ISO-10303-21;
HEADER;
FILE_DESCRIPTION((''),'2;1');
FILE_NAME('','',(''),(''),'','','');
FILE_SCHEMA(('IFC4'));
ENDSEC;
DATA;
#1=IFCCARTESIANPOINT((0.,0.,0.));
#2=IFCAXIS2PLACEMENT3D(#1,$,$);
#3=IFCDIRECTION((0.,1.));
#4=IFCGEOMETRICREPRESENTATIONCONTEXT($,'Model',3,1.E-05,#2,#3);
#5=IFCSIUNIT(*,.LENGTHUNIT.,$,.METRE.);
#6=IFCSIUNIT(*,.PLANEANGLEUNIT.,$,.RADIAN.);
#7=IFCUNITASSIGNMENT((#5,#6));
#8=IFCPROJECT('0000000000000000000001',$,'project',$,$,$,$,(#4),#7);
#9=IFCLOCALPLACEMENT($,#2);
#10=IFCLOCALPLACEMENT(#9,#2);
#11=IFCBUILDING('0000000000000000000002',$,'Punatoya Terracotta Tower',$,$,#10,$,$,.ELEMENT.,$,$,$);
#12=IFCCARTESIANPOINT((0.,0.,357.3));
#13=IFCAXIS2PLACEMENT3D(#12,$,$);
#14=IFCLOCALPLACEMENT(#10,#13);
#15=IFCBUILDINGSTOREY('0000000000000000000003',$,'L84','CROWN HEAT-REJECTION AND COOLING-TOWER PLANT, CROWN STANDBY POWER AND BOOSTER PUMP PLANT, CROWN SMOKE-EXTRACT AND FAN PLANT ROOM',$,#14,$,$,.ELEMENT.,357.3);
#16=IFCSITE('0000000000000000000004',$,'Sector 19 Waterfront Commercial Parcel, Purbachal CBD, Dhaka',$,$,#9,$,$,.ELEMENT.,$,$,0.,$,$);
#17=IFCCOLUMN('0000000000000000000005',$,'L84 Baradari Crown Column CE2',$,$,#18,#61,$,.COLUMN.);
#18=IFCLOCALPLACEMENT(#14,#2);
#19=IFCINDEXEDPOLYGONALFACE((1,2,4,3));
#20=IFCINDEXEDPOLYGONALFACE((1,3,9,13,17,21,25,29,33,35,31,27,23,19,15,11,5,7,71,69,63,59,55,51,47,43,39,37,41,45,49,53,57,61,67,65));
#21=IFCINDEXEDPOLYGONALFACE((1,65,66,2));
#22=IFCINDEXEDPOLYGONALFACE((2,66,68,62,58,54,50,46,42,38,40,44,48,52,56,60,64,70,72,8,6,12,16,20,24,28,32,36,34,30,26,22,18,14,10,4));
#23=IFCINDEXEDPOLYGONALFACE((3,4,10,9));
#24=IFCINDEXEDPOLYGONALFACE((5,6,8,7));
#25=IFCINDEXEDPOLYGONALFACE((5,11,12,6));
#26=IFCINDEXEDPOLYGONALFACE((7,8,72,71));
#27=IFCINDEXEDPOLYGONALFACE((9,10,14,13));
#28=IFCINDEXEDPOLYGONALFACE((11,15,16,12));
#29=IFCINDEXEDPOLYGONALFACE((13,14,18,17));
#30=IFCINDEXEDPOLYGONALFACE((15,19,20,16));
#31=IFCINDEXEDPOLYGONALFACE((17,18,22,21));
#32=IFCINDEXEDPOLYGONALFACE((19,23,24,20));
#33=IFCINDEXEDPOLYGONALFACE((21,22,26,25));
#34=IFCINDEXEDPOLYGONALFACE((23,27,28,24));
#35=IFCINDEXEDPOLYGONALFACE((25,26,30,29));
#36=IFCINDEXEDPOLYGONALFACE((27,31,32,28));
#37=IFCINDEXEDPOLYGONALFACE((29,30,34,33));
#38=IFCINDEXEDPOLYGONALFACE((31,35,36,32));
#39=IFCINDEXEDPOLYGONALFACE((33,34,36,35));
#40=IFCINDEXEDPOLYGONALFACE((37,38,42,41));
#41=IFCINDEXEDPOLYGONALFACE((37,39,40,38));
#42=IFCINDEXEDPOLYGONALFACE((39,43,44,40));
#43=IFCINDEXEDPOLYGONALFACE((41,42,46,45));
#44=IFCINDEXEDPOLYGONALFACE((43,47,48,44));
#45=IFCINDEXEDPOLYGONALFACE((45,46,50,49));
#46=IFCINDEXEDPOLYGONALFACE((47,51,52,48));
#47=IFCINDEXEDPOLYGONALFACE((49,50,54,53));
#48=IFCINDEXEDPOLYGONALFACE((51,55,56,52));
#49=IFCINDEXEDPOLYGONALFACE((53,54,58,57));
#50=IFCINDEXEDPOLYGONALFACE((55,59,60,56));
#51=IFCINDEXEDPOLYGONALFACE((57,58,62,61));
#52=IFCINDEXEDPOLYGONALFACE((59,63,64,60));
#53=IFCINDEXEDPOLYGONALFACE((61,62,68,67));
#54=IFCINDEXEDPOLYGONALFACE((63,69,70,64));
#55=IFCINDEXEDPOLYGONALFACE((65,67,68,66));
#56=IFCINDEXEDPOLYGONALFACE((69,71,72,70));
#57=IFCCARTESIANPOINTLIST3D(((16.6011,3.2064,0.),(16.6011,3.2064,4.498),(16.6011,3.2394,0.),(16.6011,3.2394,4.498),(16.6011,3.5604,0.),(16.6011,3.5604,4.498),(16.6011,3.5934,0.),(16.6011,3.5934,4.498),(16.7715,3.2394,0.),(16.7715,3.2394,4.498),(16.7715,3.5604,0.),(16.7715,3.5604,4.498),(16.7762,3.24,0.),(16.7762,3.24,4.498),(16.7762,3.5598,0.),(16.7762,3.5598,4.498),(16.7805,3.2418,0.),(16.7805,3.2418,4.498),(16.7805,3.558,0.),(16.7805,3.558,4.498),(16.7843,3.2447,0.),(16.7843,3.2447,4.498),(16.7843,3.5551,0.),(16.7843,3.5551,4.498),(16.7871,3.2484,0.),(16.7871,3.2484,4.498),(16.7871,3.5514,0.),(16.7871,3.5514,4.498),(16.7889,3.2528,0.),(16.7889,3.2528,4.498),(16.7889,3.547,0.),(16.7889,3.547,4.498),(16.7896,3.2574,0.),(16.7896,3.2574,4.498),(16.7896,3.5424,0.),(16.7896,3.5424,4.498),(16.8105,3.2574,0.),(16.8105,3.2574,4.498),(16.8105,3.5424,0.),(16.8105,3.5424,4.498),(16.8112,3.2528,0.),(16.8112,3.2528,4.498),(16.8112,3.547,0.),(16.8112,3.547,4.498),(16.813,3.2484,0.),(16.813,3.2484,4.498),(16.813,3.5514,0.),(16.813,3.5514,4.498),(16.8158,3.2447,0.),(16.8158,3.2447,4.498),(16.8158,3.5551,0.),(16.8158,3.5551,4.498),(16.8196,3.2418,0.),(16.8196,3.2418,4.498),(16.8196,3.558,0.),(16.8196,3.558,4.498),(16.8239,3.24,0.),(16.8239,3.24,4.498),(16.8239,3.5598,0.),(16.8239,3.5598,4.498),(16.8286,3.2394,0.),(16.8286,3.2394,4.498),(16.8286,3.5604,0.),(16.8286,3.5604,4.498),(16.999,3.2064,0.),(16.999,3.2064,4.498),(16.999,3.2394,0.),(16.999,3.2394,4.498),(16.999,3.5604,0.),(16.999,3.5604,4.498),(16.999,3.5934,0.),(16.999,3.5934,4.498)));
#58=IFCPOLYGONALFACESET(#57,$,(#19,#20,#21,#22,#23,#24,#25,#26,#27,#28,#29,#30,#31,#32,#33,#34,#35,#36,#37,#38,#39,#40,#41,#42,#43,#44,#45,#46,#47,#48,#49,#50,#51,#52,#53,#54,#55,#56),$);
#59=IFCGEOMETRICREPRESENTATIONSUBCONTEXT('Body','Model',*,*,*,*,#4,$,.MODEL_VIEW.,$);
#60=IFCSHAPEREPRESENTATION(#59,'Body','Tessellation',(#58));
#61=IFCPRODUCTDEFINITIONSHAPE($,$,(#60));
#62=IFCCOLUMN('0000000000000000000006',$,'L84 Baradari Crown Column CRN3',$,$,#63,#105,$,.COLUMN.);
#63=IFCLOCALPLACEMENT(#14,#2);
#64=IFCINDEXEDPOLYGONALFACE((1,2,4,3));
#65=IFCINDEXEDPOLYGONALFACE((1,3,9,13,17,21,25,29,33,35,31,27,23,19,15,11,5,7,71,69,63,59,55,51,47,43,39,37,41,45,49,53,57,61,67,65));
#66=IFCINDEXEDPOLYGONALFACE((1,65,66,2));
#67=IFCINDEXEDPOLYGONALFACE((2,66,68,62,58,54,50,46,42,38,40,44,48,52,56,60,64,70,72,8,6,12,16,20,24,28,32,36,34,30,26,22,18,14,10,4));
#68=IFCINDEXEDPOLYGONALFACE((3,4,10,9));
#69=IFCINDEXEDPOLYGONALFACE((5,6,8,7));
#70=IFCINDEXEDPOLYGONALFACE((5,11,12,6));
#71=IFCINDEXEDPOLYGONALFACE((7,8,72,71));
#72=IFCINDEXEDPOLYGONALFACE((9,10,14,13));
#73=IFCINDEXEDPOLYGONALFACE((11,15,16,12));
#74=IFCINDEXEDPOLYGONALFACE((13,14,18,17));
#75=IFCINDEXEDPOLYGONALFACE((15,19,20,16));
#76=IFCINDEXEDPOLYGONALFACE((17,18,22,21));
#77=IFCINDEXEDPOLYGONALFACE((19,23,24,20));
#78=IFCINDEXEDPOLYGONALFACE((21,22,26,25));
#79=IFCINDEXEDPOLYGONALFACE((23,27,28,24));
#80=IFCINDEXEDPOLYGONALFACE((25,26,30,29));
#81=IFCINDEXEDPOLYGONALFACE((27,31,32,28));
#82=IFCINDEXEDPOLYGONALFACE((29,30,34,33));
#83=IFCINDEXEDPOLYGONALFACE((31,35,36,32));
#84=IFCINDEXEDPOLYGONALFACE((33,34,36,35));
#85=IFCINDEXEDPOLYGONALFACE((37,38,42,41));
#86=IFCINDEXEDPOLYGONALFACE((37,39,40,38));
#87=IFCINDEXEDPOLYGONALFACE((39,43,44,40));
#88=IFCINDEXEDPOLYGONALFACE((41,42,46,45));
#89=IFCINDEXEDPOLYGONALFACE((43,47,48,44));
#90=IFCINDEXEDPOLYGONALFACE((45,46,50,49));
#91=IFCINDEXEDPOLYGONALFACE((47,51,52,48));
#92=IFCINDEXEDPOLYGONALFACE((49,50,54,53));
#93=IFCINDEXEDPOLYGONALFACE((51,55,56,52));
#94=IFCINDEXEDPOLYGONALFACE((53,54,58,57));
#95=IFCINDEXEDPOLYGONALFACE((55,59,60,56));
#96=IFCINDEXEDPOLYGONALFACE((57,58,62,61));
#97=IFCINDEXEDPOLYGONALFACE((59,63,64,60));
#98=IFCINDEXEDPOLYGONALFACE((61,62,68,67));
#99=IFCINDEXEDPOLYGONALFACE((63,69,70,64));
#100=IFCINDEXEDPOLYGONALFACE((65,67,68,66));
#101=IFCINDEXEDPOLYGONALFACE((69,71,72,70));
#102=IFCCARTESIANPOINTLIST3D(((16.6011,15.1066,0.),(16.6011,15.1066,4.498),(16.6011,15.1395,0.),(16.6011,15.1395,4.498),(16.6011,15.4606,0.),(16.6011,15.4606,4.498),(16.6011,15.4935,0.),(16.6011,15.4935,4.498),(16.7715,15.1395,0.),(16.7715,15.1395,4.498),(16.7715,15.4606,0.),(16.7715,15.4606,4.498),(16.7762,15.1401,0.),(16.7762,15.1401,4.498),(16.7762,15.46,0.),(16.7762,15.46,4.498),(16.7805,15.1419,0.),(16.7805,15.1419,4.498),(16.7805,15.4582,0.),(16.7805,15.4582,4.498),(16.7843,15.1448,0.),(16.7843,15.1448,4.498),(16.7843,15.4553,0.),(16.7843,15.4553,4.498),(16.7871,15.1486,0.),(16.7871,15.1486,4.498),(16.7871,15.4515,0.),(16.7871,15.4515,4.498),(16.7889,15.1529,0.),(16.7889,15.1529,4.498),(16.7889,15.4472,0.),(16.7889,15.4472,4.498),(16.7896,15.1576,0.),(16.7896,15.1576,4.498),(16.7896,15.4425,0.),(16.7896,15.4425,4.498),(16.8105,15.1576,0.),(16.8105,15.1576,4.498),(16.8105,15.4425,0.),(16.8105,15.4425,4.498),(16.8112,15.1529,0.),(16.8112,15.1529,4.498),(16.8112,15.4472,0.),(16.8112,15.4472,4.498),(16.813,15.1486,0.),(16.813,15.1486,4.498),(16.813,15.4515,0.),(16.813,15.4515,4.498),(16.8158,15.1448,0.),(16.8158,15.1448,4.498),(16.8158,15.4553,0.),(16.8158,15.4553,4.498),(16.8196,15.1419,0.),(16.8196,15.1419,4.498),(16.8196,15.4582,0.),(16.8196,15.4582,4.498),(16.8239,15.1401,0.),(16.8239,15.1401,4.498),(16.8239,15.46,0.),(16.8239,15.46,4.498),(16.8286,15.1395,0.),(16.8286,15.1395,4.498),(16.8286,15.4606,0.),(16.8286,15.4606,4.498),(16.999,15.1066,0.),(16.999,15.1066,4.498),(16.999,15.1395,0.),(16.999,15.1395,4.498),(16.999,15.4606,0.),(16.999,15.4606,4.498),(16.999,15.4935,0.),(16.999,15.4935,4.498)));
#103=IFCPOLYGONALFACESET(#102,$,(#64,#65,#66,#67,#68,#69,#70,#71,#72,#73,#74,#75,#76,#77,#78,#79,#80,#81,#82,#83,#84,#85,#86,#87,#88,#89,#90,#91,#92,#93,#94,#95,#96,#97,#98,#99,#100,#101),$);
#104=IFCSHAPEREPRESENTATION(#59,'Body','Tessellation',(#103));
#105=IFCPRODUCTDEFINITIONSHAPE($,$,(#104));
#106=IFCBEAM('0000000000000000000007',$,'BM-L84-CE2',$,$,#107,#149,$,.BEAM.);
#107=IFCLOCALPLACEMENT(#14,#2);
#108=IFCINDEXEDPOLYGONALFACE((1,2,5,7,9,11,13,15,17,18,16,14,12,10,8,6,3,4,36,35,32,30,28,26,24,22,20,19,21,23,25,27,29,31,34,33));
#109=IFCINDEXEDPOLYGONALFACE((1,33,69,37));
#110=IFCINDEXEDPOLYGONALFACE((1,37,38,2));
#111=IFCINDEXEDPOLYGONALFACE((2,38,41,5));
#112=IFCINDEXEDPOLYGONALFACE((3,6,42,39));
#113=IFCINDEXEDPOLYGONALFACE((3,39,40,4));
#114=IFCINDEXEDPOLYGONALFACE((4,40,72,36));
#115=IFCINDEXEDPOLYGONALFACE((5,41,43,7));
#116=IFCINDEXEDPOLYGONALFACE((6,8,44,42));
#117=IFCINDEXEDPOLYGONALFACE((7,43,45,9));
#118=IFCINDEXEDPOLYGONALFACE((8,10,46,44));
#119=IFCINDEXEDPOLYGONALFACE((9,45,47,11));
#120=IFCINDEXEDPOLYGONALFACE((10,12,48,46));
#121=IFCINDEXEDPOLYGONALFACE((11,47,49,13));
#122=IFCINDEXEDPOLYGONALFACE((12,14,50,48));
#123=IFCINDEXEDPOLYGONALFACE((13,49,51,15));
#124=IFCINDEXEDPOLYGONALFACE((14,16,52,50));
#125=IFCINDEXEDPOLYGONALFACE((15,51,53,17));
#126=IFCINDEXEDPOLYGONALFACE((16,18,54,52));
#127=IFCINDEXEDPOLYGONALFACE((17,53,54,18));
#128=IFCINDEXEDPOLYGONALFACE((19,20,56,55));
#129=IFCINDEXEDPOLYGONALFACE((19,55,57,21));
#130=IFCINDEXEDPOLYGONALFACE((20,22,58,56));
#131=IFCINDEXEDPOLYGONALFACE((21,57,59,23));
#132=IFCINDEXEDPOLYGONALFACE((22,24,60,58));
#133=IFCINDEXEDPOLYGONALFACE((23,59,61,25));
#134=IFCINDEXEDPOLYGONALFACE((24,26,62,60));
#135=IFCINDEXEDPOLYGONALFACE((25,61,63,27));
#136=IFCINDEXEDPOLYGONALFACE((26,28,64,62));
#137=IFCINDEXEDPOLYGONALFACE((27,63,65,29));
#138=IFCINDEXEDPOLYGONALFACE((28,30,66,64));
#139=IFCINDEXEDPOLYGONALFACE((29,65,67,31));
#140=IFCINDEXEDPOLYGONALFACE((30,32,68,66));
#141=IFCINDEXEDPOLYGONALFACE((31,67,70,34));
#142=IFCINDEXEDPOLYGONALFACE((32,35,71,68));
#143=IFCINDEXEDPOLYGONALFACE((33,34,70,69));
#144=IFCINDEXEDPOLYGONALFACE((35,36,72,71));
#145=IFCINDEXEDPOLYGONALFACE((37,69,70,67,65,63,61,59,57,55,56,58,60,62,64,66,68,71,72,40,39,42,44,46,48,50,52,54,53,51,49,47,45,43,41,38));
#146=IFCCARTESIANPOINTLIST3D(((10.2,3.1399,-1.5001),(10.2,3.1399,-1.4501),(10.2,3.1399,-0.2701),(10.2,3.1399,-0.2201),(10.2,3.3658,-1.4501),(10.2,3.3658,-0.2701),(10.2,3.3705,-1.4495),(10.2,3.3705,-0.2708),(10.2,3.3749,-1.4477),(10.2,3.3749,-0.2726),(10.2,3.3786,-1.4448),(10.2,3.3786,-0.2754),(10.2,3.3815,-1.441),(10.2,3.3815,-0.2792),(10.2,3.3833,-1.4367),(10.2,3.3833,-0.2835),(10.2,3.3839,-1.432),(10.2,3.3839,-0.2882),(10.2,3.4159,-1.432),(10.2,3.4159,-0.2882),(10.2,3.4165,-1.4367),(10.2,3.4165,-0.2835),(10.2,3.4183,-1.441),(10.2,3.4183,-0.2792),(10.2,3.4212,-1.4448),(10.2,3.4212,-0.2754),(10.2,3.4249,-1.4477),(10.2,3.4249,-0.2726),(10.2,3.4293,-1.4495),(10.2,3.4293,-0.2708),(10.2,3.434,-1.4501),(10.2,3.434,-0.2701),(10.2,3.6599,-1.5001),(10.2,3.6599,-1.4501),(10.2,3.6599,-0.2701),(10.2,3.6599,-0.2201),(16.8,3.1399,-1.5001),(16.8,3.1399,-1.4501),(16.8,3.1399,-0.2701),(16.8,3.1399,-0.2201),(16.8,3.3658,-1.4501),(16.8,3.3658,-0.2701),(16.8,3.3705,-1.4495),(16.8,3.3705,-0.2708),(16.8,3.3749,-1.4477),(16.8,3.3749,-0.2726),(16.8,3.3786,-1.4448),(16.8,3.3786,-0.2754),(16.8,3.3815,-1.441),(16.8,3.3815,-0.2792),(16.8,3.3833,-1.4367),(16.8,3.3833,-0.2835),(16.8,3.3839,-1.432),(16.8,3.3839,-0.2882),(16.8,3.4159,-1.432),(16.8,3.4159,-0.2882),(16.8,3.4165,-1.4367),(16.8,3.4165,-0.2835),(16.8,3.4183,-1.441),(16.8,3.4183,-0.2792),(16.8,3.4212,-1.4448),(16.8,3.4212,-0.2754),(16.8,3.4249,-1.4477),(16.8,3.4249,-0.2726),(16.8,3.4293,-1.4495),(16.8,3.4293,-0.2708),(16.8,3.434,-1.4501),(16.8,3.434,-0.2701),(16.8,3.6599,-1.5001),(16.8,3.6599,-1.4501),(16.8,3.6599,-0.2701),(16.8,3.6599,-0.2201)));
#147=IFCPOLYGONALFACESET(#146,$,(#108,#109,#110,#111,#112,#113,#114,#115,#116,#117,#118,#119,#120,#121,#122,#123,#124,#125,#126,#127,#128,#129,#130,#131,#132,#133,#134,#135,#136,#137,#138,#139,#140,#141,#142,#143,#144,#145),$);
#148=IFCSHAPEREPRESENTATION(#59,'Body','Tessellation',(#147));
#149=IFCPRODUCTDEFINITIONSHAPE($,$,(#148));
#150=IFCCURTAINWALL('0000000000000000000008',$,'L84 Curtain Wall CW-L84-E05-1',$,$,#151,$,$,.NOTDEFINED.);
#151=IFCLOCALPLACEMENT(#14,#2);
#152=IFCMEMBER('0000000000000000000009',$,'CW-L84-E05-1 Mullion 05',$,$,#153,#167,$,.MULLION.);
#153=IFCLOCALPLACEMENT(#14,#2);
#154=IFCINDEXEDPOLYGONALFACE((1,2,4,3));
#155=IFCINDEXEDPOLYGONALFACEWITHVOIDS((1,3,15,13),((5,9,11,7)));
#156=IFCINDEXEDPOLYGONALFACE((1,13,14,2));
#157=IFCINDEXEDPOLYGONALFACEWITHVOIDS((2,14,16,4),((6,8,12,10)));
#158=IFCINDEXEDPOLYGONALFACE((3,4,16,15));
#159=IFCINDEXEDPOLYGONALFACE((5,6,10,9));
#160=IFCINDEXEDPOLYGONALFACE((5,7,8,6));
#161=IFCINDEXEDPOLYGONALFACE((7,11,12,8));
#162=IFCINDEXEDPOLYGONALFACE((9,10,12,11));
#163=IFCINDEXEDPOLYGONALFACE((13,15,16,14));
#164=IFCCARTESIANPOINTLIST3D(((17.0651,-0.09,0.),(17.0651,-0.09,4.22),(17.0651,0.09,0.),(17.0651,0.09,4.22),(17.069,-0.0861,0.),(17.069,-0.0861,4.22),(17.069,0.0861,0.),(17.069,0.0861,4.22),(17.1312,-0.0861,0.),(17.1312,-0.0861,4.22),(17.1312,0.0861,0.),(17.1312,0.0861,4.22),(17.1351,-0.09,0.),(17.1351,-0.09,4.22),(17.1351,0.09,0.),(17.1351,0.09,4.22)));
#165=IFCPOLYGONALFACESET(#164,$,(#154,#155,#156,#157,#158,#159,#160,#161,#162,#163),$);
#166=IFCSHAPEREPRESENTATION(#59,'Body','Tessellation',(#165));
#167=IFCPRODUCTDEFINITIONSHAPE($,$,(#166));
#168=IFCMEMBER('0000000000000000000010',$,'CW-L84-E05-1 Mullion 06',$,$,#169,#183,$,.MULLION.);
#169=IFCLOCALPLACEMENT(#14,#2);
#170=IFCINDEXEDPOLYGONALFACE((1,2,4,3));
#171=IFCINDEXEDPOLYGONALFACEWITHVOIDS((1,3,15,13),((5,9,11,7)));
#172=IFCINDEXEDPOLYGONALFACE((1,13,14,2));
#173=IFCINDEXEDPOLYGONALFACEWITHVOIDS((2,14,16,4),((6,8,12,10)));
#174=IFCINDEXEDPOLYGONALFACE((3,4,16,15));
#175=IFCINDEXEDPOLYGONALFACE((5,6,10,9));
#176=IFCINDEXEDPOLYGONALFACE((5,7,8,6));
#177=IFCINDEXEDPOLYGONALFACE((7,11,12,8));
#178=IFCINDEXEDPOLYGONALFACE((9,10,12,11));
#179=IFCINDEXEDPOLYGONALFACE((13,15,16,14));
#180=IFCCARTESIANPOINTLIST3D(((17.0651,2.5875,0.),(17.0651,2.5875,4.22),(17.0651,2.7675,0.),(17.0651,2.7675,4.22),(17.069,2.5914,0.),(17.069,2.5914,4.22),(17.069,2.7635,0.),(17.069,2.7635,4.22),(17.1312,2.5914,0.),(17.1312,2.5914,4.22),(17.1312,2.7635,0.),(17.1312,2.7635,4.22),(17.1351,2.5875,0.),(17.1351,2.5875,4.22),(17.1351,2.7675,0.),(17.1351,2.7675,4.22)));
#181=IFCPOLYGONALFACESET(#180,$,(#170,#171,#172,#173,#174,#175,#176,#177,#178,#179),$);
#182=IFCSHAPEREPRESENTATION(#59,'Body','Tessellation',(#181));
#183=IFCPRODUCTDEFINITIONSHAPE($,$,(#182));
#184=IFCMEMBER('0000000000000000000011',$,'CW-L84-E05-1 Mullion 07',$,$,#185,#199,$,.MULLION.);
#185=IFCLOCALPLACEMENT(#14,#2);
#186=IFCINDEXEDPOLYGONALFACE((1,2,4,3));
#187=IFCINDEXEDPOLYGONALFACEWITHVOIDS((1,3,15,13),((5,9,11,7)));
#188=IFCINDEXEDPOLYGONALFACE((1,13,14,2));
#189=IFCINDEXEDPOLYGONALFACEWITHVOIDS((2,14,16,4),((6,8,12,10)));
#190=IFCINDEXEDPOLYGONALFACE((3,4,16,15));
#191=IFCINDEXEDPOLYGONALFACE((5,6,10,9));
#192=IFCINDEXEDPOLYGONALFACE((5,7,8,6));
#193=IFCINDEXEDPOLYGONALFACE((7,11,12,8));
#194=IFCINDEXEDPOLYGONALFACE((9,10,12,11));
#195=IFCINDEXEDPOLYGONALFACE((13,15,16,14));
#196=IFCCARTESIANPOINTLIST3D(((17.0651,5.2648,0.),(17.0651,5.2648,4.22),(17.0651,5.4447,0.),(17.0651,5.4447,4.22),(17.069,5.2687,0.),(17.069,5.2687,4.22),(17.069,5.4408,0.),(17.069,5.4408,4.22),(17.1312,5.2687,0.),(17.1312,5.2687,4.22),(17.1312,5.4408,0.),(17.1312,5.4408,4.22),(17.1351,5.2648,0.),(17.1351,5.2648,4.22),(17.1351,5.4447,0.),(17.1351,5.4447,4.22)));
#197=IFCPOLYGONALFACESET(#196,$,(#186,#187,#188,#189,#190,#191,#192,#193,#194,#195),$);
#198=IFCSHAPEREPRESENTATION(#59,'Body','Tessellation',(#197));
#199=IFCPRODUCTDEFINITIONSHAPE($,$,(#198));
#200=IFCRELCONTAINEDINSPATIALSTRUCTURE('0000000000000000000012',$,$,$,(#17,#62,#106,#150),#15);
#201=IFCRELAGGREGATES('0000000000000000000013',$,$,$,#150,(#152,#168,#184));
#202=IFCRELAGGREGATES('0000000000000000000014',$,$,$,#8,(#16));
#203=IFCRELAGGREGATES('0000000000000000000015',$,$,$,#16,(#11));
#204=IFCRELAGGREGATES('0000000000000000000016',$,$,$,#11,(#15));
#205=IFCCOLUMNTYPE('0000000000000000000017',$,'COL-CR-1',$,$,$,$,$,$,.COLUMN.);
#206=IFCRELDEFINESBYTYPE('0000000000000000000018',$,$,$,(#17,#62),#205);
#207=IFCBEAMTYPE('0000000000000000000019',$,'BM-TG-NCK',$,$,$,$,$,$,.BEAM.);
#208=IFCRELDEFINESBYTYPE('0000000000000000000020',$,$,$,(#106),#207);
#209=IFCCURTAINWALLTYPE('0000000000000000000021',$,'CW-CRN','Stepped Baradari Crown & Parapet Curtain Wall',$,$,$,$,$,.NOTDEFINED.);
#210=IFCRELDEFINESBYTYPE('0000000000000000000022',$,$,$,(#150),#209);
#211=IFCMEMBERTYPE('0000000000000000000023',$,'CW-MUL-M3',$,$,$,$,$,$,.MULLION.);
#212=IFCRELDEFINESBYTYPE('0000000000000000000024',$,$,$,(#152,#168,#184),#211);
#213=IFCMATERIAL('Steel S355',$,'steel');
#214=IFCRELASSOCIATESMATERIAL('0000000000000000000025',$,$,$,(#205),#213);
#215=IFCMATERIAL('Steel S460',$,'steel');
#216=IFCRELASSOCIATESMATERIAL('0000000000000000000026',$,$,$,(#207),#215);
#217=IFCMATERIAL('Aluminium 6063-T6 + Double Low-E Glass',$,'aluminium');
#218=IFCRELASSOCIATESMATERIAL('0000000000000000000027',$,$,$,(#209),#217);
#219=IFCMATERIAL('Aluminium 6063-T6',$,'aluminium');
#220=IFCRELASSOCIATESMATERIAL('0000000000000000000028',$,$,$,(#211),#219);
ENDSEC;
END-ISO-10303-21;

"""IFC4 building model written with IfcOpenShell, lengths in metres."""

from ifc_helpers import new_model, si_unit, direction, frame, origin, origin_2d, place, context, subcontext, project, spatial, hollow_rectangle, i_section, extrude, material, material_profile, profile_set, type_object, element, aggregate, save


model = new_model("IFC4")

# Units and contexts
model_context = context("Model", 3, precision=1e-05, world=origin(), true_north=direction((0.0, 1.0)))
body_context = subcontext(model_context, "Body", "Model", "MODEL_VIEW")
ifc_project = project(units=[si_unit("LENGTHUNIT", "METRE"), si_unit("PLANEANGLEUNIT", "RADIAN")], contexts=[model_context])

# Site, building, storey
site_placement = place(None, origin())
site = spatial("IfcSite", under=ifc_project, at=site_placement, Name="Sector 19 Waterfront Commercial Parcel, Purbachal CBD, Dhaka", CompositionType="ELEMENT", RefElevation=0.0)
building_placement = place(site_placement, origin())
building = spatial("IfcBuilding", under=site, at=building_placement, Name="Punatoya Terracotta Tower", CompositionType="ELEMENT")
storey_placement = place(building_placement, frame((0.0, 0.0, 357.3)))
storey = spatial("IfcBuildingStorey", under=building, at=storey_placement, Name="L84", Description="CROWN HEAT-REJECTION AND COOLING-TOWER PLANT, CROWN STANDBY POWER AND BOOSTER PUMP PLANT, CROWN SMOKE-EXTRACT AND FAN PLANT ROOM", CompositionType="ELEMENT", Elevation=357.3)

# Columns
ifc_material_1 = material(Name="Steel S355", Category="steel")
ifc_material_profile_1 = material_profile(ifc_material_1, i_section(OverallWidth=0.3979, OverallDepth=0.387, WebThickness=0.021, FlangeThickness=0.033, FilletRadius=0.0181, at=origin_2d()))
ifc_profile_set_1 = profile_set([ifc_material_profile_1], Name="Steel S355")
column_type = type_object("IfcColumnType", Name="COL-CR-1", PredefinedType="COLUMN", material=ifc_profile_set_1)
for number, where, z_axis, x_axis, name in (
    (1, (16.8, 3.3999, 0.0), (0.0, 0.0, 1.0), (1.0, 0.0, 0.0), "L84 Baradari Crown Column CE2"),
    (2, (16.8, 15.3, 0.0), (0.0, 0.0, 1.0), (1.0, 0.0, 0.0), "L84 Baradari Crown Column CRN3"),
):
    element("IfcColumn", number, at=place(storey_placement, frame(where, z_axis=z_axis, x_axis=x_axis)), inside=storey, type_object=column_type, Name=name, PredefinedType="COLUMN", context=body_context, shape_type="SweptSolid", body=[
        extrude(i_section(OverallWidth=0.3979, OverallDepth=0.387, WebThickness=0.021, FlangeThickness=0.033, FilletRadius=0.0181, at=origin_2d()), origin(), (0.0, 0.0, 1.0), 4.498),
    ])

# Beam
ifc_material_2 = material(Name="Steel S460", Category="steel")
ifc_material_profile_2 = material_profile(ifc_material_2, i_section(OverallWidth=0.52, OverallDepth=1.28, WebThickness=0.032, FlangeThickness=0.05, FilletRadius=0.0181, at=origin_2d()))
ifc_profile_set_2 = profile_set([ifc_material_profile_2], Name="Steel S460")
beam_type = type_object("IfcBeamType", Name="BM-TG-NCK", PredefinedType="BEAM", material=ifc_profile_set_2)
beam_placement = place(storey_placement, frame((10.2, 3.3999, -0.8601), z_axis=(1.0, 0.0, 0.0), x_axis=(0.0, 1.0, 0.0)))
element("IfcBeam", 3, at=beam_placement, inside=storey, type_object=beam_type, Name="BM-L84-CE2", PredefinedType="BEAM", context=body_context, shape_type="SweptSolid", body=[
    extrude(i_section(OverallWidth=0.52, OverallDepth=1.28, WebThickness=0.032, FlangeThickness=0.05, FilletRadius=0.0181, at=origin_2d()), origin(), (0.0, 0.0, 1.0), 6.6001),
])

# Curtain wall, members
ifc_material_3 = material(Name="Aluminium 6063-T6 + Double Low-E Glass", Category="aluminium")
curtain_wall_type = type_object("IfcCurtainWallType", Name="CW-CRN", Description="Stepped Baradari Crown & Parapet Curtain Wall", PredefinedType="NOTDEFINED", material=ifc_material_3)
curtain_wall_1_placement = place(storey_placement, origin())
curtain_wall_1 = element("IfcCurtainWall", 4, at=curtain_wall_1_placement, inside=storey, type_object=curtain_wall_type, Name="L84 Curtain Wall CW-L84-E05-1", PredefinedType="NOTDEFINED")
ifc_material_4 = material(Name="Aluminium 6063-T6", Category="aluminium")
ifc_material_profile_3 = material_profile(ifc_material_4, hollow_rectangle(XDim=0.0701, YDim=0.1799, WallThickness=0.0039, at=origin_2d()))
ifc_profile_set_3 = profile_set([ifc_material_profile_3], Name="Aluminium 6063-T6")
member_type_1 = type_object("IfcMemberType", Name="CW-MUL-M3", PredefinedType="MULLION", material=ifc_profile_set_3)
member_1_placement = place(storey_placement, frame((17.1001, 0.0, 0.0), z_axis=(0.0, 0.0, 1.0), x_axis=(1.0, 0.0, 0.0)))
member_1 = element("IfcMember", 5, at=member_1_placement, type_object=member_type_1, Name="CW-L84-E05-1 Mullion 05", PredefinedType="MULLION", context=body_context, shape_type="SweptSolid", body=[
    extrude(hollow_rectangle(XDim=0.0701, YDim=0.1799, WallThickness=0.0039, at=origin_2d()), origin(), (0.0, 0.0, 1.0), 4.22),
])
member_2_placement = place(storey_placement, frame((17.1001, 2.6775, 0.0), z_axis=(0.0, 0.0, 1.0), x_axis=(1.0, 0.0, 0.0)))
member_2 = element("IfcMember", 6, at=member_2_placement, type_object=member_type_1, Name="CW-L84-E05-1 Mullion 06", PredefinedType="MULLION", context=body_context, shape_type="SweptSolid", body=[
    extrude(hollow_rectangle(XDim=0.0701, YDim=0.1799, WallThickness=0.0039, at=origin_2d()), origin(), (0.0, 0.0, 1.0), 4.22),
])
member_3_placement = place(storey_placement, frame((17.1001, 5.3547, 0.0), z_axis=(0.0, 0.0, 1.0), x_axis=(1.0, 0.0, 0.0)))
member_3 = element("IfcMember", 7, at=member_3_placement, type_object=member_type_1, Name="CW-L84-E05-1 Mullion 07", PredefinedType="MULLION", context=body_context, shape_type="SweptSolid", body=[
    extrude(hollow_rectangle(XDim=0.0701, YDim=0.1799, WallThickness=0.0039, at=origin_2d()), origin(), (0.0, 0.0, 1.0), 4.22),
])

aggregate(curtain_wall_1, [member_1, member_2, member_3])

save(model, "model.ifc")
